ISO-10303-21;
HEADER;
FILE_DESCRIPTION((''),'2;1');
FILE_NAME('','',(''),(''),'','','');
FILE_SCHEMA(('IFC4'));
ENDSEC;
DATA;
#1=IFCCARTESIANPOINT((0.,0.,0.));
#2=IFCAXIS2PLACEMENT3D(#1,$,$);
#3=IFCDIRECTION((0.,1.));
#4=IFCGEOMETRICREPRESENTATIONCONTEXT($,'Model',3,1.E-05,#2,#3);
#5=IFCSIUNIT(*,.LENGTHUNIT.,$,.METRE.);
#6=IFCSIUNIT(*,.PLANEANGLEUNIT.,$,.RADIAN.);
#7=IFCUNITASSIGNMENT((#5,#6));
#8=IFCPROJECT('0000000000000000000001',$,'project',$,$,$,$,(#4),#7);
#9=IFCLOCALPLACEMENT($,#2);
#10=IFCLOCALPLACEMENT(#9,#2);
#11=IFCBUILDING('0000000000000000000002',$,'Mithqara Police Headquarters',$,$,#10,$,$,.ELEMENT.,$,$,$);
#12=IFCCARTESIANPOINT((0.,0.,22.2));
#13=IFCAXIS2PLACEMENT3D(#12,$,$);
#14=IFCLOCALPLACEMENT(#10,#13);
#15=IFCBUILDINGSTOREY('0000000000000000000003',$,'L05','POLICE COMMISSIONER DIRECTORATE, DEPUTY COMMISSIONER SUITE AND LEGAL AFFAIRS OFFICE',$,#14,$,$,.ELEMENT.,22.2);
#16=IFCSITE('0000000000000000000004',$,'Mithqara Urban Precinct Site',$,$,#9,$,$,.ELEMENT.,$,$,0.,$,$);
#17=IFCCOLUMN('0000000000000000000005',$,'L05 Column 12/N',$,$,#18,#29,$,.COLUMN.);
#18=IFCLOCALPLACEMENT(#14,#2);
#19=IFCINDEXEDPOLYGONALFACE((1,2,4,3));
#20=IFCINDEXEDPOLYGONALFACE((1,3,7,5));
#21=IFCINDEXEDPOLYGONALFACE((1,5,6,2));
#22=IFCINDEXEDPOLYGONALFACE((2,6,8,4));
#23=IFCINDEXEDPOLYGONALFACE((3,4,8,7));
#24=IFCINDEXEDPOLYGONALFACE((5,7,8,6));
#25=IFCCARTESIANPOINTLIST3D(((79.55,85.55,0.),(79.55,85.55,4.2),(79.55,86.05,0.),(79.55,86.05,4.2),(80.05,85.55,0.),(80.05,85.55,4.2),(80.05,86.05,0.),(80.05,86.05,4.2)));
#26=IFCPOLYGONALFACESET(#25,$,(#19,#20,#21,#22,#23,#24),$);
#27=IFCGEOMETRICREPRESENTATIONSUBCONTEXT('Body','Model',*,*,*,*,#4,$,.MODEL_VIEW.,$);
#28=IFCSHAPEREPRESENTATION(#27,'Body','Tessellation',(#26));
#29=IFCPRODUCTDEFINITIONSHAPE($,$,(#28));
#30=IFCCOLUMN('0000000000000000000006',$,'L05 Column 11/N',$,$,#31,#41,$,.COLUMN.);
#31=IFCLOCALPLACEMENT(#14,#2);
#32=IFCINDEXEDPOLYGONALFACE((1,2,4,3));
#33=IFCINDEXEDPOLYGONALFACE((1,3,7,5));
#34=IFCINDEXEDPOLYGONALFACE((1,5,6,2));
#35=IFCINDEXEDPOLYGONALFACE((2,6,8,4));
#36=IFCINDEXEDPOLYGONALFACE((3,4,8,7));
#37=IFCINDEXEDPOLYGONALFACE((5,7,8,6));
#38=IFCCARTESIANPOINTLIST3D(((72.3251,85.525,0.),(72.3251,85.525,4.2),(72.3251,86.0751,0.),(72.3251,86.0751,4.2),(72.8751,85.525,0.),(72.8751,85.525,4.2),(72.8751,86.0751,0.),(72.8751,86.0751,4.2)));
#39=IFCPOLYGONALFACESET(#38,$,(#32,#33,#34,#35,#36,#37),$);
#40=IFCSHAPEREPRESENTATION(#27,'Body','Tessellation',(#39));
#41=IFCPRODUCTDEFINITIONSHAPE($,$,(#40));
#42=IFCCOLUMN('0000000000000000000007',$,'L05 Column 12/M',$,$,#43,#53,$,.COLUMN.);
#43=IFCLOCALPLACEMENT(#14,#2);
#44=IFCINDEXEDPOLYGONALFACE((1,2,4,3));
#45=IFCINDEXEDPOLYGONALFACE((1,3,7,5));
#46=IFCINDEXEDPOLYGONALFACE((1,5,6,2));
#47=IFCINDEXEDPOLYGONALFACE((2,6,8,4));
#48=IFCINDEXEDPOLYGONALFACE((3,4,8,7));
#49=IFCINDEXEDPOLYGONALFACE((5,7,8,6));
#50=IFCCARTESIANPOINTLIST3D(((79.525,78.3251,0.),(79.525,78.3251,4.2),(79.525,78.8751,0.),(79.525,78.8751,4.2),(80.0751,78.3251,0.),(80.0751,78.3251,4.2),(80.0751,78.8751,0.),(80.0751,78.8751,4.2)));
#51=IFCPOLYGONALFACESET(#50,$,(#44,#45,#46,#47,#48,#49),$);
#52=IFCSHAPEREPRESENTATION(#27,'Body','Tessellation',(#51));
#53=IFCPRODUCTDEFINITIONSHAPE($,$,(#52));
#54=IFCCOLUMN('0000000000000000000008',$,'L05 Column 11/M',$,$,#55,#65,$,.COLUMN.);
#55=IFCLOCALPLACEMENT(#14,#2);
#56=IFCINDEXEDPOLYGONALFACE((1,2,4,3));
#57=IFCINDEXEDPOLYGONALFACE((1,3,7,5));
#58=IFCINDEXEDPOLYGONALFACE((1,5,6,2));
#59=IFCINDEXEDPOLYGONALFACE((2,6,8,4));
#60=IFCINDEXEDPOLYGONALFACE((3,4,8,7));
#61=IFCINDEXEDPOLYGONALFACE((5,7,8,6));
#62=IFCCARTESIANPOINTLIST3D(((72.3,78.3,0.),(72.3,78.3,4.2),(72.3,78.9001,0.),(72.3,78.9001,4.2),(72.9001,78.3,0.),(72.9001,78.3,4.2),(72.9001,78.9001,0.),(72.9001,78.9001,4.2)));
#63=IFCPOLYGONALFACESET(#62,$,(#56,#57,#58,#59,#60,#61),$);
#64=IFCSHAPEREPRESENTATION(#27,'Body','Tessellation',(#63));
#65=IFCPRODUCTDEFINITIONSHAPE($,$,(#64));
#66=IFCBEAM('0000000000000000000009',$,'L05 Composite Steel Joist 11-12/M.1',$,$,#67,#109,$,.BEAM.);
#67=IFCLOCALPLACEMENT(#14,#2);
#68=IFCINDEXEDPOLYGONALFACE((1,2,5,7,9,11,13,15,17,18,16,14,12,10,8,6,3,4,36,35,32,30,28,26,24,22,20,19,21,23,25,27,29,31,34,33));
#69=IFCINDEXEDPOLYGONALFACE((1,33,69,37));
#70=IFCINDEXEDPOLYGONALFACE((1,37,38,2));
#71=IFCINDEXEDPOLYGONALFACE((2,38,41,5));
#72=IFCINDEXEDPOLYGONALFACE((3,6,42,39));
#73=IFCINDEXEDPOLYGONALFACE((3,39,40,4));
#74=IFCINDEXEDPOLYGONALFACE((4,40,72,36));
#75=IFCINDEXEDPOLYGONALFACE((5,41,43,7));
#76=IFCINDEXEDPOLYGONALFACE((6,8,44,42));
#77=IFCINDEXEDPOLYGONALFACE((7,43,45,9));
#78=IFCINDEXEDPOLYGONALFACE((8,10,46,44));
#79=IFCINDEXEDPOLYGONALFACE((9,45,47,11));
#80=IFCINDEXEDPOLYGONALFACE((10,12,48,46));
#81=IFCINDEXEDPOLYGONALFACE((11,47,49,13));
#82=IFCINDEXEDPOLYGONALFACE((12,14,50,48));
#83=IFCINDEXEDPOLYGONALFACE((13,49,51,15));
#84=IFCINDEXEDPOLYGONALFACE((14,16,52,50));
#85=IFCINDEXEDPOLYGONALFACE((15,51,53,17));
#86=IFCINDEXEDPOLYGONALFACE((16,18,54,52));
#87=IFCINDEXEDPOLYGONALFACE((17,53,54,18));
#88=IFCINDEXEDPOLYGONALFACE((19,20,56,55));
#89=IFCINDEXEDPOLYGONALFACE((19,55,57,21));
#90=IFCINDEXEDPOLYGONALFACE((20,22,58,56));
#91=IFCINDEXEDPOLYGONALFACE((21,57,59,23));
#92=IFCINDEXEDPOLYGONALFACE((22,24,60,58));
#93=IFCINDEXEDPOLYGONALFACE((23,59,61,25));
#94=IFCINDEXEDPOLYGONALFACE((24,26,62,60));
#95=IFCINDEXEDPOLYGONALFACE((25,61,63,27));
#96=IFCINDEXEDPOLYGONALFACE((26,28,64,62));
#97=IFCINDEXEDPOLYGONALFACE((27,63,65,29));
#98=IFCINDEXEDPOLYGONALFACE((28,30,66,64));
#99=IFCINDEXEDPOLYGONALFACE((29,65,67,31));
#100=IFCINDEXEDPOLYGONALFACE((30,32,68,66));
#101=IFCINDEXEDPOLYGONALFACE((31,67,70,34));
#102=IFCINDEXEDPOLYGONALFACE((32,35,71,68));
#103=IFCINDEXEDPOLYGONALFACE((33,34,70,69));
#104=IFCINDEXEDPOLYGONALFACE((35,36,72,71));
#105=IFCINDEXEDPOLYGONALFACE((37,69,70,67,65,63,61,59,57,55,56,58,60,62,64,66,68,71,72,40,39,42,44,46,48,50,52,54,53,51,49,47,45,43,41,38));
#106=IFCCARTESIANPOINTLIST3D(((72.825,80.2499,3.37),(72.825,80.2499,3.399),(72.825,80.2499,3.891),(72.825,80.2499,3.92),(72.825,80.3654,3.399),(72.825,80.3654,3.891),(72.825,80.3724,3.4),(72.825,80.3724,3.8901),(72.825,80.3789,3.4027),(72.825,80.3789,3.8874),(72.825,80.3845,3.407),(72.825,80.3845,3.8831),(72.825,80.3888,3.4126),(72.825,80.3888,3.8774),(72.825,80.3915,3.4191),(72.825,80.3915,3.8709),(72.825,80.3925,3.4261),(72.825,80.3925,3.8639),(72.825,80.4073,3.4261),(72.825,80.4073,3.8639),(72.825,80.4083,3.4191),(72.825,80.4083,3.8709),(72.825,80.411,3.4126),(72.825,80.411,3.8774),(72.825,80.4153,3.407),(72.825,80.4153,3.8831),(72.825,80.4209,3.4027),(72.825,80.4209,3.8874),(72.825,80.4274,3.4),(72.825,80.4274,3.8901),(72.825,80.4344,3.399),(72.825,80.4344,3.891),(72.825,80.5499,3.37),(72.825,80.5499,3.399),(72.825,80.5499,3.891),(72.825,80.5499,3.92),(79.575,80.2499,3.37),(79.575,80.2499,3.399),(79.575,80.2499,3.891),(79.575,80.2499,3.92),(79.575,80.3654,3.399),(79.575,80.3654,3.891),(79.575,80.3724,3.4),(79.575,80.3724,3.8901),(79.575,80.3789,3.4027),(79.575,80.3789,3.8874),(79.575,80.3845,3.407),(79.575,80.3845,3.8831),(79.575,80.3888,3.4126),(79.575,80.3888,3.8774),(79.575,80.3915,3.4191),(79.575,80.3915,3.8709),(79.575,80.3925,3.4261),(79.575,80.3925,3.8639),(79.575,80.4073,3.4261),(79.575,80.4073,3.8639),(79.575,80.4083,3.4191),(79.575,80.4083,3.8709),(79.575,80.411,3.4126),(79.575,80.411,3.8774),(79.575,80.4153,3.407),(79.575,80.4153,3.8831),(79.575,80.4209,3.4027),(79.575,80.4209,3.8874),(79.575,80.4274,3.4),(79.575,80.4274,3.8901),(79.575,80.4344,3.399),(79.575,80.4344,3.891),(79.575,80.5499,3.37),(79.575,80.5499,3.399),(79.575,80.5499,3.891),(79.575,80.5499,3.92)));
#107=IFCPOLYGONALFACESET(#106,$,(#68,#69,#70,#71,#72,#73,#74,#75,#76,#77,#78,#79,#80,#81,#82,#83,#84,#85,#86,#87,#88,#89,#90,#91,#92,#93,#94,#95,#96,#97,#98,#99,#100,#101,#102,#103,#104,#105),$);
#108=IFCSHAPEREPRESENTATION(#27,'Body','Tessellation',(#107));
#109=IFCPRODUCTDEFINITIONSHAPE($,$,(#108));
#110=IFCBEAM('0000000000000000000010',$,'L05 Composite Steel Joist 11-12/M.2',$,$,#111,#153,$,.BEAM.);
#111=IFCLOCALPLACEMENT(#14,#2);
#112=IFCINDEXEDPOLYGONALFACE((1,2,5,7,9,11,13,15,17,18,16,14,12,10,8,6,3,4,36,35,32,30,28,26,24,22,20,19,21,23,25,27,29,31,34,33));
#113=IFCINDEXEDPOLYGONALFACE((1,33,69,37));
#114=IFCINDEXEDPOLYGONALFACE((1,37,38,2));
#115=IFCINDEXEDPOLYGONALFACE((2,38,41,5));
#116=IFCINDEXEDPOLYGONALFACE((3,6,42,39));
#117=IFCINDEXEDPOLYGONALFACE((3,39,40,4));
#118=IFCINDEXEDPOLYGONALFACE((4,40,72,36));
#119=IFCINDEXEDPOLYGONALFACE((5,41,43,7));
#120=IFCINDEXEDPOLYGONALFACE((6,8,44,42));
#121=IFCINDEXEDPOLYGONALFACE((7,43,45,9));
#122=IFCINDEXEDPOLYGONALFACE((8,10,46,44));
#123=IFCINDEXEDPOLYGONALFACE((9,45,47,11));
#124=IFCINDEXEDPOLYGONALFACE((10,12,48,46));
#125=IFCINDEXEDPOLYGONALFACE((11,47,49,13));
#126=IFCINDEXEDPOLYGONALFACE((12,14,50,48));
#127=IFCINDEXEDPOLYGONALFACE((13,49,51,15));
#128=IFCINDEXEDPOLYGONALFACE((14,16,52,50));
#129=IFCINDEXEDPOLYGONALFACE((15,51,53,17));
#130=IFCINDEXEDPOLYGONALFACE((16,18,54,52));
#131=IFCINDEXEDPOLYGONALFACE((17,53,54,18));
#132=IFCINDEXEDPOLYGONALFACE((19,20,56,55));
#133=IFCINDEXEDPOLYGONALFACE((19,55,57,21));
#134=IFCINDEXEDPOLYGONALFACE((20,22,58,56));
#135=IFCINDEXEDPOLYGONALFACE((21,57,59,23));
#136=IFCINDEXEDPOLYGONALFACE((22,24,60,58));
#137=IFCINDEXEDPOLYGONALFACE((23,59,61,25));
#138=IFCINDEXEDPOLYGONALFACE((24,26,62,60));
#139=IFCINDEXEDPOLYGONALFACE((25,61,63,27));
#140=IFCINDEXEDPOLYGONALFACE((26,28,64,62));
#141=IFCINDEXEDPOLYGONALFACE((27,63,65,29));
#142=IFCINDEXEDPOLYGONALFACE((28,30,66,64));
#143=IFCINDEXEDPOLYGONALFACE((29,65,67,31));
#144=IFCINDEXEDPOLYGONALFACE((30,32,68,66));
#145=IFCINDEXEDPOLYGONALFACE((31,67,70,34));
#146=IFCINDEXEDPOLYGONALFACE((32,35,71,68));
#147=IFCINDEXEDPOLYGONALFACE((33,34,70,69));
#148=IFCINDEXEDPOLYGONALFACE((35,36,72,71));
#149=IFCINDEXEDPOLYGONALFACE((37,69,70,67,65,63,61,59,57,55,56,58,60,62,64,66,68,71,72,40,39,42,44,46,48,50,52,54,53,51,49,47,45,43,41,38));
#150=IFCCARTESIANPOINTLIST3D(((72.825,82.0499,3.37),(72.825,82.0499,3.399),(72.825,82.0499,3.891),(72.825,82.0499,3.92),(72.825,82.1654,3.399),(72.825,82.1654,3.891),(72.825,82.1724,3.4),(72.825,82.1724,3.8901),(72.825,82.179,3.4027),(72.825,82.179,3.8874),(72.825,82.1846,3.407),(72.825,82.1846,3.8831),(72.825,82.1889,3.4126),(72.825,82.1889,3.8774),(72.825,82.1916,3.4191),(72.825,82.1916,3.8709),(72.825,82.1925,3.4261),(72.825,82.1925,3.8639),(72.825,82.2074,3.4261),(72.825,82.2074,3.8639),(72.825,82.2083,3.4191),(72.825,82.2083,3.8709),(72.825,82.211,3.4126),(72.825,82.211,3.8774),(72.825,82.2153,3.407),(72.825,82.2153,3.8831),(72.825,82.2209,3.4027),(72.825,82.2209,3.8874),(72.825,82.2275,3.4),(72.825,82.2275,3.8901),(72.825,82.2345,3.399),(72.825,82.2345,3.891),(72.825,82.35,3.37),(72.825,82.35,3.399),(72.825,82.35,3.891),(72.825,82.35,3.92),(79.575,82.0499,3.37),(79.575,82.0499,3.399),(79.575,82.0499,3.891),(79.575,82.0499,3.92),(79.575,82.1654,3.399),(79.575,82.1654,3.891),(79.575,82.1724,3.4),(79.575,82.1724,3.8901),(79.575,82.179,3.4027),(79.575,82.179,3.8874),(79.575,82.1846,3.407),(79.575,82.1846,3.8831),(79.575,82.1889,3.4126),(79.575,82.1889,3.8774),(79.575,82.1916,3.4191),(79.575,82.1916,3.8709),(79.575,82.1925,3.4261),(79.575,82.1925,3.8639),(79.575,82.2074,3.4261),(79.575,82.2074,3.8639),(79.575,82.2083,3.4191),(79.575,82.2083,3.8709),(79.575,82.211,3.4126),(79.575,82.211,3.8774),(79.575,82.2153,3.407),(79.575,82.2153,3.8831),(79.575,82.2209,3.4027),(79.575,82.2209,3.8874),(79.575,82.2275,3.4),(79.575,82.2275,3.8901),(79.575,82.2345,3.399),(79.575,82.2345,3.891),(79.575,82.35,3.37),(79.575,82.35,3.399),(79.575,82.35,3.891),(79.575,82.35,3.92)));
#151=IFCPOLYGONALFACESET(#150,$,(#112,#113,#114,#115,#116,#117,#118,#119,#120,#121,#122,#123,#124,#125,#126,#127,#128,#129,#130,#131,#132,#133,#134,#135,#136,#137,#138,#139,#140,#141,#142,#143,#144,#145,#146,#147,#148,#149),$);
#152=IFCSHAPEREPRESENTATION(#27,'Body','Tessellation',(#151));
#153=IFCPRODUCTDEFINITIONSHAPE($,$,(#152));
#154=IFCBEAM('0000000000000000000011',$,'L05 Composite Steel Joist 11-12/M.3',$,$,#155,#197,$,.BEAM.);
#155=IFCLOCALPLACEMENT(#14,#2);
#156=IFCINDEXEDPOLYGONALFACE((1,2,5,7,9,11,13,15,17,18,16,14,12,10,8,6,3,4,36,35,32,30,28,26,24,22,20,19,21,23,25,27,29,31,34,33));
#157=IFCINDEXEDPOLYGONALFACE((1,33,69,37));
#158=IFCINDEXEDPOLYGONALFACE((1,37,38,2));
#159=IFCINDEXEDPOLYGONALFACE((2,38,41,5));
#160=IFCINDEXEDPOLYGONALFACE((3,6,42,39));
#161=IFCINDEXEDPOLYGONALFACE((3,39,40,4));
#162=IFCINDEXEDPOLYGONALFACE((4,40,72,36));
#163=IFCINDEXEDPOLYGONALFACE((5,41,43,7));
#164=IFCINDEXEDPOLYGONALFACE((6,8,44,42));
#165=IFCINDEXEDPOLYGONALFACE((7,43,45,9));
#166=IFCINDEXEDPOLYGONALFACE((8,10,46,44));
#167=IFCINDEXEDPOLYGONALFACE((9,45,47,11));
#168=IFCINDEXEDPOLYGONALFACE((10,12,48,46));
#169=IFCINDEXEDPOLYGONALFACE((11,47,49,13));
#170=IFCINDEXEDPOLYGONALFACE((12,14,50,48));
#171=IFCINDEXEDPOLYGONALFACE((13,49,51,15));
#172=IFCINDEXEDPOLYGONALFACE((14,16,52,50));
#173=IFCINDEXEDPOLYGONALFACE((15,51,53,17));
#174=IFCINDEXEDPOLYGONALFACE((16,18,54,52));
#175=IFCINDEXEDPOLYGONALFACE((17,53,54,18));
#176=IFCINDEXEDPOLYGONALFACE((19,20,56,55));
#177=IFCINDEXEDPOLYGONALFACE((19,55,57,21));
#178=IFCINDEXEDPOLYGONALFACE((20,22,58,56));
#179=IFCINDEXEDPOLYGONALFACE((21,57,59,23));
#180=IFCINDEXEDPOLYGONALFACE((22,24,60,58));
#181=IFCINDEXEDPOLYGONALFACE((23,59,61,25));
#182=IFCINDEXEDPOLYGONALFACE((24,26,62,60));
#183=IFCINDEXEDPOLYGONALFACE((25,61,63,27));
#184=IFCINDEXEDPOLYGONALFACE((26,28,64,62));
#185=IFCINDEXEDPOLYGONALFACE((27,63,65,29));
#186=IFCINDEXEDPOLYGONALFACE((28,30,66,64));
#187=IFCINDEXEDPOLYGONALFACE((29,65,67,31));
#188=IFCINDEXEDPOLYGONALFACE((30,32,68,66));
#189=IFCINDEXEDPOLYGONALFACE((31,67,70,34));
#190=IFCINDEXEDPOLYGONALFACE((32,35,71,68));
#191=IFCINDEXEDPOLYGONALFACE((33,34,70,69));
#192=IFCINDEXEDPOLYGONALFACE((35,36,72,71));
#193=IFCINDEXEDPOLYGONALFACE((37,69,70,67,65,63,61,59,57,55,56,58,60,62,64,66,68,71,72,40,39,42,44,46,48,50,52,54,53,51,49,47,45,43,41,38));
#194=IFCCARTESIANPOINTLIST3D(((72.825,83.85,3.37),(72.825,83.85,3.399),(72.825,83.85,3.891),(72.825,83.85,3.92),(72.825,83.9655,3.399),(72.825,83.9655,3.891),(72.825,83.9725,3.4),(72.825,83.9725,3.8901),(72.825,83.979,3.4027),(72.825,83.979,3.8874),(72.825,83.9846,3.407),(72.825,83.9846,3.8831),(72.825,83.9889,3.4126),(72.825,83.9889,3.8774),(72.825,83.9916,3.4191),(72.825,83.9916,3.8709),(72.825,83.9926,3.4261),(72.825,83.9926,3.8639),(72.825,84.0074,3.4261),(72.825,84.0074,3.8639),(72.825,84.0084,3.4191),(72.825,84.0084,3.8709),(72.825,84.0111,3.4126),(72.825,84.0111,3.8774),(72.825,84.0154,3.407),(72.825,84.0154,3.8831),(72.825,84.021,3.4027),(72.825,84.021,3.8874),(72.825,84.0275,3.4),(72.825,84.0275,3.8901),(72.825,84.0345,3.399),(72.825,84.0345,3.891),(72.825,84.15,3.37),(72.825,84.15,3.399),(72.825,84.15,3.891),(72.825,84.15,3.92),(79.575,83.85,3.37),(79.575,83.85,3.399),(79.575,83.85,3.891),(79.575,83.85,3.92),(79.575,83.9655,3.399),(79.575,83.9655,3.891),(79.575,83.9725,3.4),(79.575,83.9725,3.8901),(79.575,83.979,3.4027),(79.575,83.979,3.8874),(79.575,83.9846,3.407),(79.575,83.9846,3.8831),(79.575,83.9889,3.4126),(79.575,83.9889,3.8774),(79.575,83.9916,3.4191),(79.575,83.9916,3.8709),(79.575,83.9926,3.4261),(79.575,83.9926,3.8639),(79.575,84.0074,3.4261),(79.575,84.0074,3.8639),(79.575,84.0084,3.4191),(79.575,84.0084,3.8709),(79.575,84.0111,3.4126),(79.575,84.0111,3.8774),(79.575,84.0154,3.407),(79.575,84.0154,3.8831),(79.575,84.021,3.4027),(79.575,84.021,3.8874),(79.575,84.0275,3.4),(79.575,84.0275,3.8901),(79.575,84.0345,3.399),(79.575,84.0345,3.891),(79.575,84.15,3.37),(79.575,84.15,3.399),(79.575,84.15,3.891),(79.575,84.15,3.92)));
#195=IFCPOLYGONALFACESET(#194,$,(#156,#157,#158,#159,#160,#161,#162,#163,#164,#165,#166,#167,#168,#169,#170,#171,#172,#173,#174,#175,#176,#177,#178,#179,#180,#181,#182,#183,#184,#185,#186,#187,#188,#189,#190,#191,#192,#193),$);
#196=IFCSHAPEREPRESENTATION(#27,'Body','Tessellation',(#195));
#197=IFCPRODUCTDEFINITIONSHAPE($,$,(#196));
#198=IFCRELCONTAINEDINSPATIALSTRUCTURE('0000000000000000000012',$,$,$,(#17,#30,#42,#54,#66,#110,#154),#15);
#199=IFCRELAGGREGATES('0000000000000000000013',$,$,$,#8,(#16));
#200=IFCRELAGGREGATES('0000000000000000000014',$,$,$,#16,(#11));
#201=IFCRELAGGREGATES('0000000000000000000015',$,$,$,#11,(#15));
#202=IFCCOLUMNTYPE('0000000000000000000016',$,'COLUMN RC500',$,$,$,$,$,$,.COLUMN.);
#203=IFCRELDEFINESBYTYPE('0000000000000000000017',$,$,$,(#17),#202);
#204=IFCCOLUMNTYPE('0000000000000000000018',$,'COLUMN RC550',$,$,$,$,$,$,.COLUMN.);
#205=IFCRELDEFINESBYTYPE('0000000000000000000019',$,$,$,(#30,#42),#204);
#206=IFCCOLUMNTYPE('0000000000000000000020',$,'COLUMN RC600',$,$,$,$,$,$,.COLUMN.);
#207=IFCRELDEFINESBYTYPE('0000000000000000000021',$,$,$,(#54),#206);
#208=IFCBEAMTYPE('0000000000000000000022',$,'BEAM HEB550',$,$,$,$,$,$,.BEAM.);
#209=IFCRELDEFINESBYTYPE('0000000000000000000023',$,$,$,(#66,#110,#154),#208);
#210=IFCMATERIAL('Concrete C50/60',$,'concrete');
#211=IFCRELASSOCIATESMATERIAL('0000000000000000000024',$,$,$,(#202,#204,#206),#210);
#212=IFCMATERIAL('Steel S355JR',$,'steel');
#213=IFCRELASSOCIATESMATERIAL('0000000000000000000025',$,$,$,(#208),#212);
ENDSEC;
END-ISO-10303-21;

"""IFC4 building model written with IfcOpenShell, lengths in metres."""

from ifc_helpers import new_model, si_unit, direction, frame, origin, origin_2d, place, context, subcontext, project, spatial, rectangle, i_section, extrude, material, material_profile, profile_set, type_object, element, save


model = new_model("IFC4")

# Units and contexts
model_context = context("Model", 3, precision=1e-05, world=origin(), true_north=direction((0.0, 1.0)))
body_context = subcontext(model_context, "Body", "Model", "MODEL_VIEW")
ifc_project = project(units=[si_unit("LENGTHUNIT", "METRE"), si_unit("PLANEANGLEUNIT", "RADIAN")], contexts=[model_context])

# Site, building, storey
site_placement = place(None, origin())
site = spatial("IfcSite", under=ifc_project, at=site_placement, Name="Mithqara Urban Precinct Site", CompositionType="ELEMENT", RefElevation=0.0)
building_placement = place(site_placement, origin())
building = spatial("IfcBuilding", under=site, at=building_placement, Name="Mithqara Police Headquarters", CompositionType="ELEMENT")
storey_placement = place(building_placement, frame((0.0, 0.0, 22.2)))
storey = spatial("IfcBuildingStorey", under=building, at=storey_placement, Name="L05", Description="POLICE COMMISSIONER DIRECTORATE, DEPUTY COMMISSIONER SUITE AND LEGAL AFFAIRS OFFICE", CompositionType="ELEMENT", Elevation=22.2)

# Columns
ifc_material_1 = material(Name="Concrete C50/60", Category="concrete")
ifc_material_profile_1 = material_profile(ifc_material_1, rectangle(XDim=0.5, YDim=0.5, at=origin_2d()), Name="RC 500x500")
ifc_profile_set_1 = profile_set([ifc_material_profile_1], Name="Concrete C50/60")
column_type_1 = type_object("IfcColumnType", Name="COLUMN RC500", PredefinedType="COLUMN", material=ifc_profile_set_1)
column_1_placement = place(storey_placement, frame((79.8, 85.8, 0.0), z_axis=(0.0, 0.0, 1.0), x_axis=(1.0, 0.0, 0.0)))
element("IfcColumn", 1, at=column_1_placement, inside=storey, type_object=column_type_1, Name="L05 Column 12/N", PredefinedType="COLUMN", context=body_context, shape_type="SweptSolid", body=[
    extrude(rectangle(XDim=0.5, YDim=0.5, at=origin_2d()), origin(), (0.0, 0.0, 1.0), 4.2),
])
ifc_material_profile_2 = material_profile(ifc_material_1, rectangle(XDim=0.55, YDim=0.55, at=origin_2d()), Name="RC 550x550")
ifc_profile_set_2 = profile_set([ifc_material_profile_2], Name="Concrete C50/60")
column_type_2 = type_object("IfcColumnType", Name="COLUMN RC550", PredefinedType="COLUMN", material=ifc_profile_set_2)
for number, where, z_axis, x_axis, name in (
    (2, (72.6001, 85.8, 0.0), (0.0, 0.0, 1.0), (1.0, 0.0, 0.0), "L05 Column 11/N"),
    (3, (79.8, 78.6001, 0.0), (0.0, 0.0, 1.0), (1.0, 0.0, 0.0), "L05 Column 12/M"),
):
    element("IfcColumn", number, at=place(storey_placement, frame(where, z_axis=z_axis, x_axis=x_axis)), inside=storey, type_object=column_type_2, Name=name, PredefinedType="COLUMN", context=body_context, shape_type="SweptSolid", body=[
        extrude(rectangle(XDim=0.55, YDim=0.55, at=origin_2d()), origin(), (0.0, 0.0, 1.0), 4.2),
    ])
ifc_material_profile_3 = material_profile(ifc_material_1, rectangle(XDim=0.6001, YDim=0.6001, at=origin_2d()), Name="RC 600x600")
ifc_profile_set_3 = profile_set([ifc_material_profile_3], Name="Concrete C50/60")
column_type_3 = type_object("IfcColumnType", Name="COLUMN RC600", PredefinedType="COLUMN", material=ifc_profile_set_3)
column_2_placement = place(storey_placement, frame((72.6001, 78.6001, 0.0), z_axis=(0.0, 0.0, 1.0), x_axis=(1.0, 0.0, 0.0)))
element("IfcColumn", 4, at=column_2_placement, inside=storey, type_object=column_type_3, Name="L05 Column 11/M", PredefinedType="COLUMN", context=body_context, shape_type="SweptSolid", body=[
    extrude(rectangle(XDim=0.6001, YDim=0.6001, at=origin_2d()), origin(), (0.0, 0.0, 1.0), 4.2),
])

# Beams
ifc_material_2 = material(Name="Steel S355JR", Category="steel")
ifc_material_profile_4 = material_profile(ifc_material_2, i_section(OverallWidth=0.3, OverallDepth=0.55, WebThickness=0.0149, FlangeThickness=0.0291, FilletRadius=0.0271, at=origin_2d()), Name="HEB 550")
ifc_profile_set_4 = profile_set([ifc_material_profile_4], Name="Steel S355JR")
beam_type_1 = type_object("IfcBeamType", Name="BEAM HEB550", PredefinedType="BEAM", material=ifc_profile_set_4)
for number, where, z_axis, x_axis, name in (
    (5, (72.825, 80.3999, 3.645), (1.0, 0.0, 0.0), (0.0, 1.0, 0.0), "L05 Composite Steel Joist 11-12/M.1"),
    (6, (72.825, 82.2, 3.645), (1.0, 0.0, 0.0), (0.0, 1.0, 0.0), "L05 Composite Steel Joist 11-12/M.2"),
    (7, (72.825, 84.0, 3.645), (1.0, 0.0, 0.0), (0.0, 1.0, 0.0), "L05 Composite Steel Joist 11-12/M.3"),
):
    element("IfcBeam", number, at=place(storey_placement, frame(where, z_axis=z_axis, x_axis=x_axis)), inside=storey, type_object=beam_type_1, Name=name, PredefinedType="BEAM", context=body_context, shape_type="SweptSolid", body=[
        extrude(i_section(OverallWidth=0.3, OverallDepth=0.55, WebThickness=0.0149, FlangeThickness=0.0291, FilletRadius=0.0271, at=origin_2d()), origin(), (0.0, 0.0, 1.0), 6.75),
    ])

save(model, "model.ifc")
